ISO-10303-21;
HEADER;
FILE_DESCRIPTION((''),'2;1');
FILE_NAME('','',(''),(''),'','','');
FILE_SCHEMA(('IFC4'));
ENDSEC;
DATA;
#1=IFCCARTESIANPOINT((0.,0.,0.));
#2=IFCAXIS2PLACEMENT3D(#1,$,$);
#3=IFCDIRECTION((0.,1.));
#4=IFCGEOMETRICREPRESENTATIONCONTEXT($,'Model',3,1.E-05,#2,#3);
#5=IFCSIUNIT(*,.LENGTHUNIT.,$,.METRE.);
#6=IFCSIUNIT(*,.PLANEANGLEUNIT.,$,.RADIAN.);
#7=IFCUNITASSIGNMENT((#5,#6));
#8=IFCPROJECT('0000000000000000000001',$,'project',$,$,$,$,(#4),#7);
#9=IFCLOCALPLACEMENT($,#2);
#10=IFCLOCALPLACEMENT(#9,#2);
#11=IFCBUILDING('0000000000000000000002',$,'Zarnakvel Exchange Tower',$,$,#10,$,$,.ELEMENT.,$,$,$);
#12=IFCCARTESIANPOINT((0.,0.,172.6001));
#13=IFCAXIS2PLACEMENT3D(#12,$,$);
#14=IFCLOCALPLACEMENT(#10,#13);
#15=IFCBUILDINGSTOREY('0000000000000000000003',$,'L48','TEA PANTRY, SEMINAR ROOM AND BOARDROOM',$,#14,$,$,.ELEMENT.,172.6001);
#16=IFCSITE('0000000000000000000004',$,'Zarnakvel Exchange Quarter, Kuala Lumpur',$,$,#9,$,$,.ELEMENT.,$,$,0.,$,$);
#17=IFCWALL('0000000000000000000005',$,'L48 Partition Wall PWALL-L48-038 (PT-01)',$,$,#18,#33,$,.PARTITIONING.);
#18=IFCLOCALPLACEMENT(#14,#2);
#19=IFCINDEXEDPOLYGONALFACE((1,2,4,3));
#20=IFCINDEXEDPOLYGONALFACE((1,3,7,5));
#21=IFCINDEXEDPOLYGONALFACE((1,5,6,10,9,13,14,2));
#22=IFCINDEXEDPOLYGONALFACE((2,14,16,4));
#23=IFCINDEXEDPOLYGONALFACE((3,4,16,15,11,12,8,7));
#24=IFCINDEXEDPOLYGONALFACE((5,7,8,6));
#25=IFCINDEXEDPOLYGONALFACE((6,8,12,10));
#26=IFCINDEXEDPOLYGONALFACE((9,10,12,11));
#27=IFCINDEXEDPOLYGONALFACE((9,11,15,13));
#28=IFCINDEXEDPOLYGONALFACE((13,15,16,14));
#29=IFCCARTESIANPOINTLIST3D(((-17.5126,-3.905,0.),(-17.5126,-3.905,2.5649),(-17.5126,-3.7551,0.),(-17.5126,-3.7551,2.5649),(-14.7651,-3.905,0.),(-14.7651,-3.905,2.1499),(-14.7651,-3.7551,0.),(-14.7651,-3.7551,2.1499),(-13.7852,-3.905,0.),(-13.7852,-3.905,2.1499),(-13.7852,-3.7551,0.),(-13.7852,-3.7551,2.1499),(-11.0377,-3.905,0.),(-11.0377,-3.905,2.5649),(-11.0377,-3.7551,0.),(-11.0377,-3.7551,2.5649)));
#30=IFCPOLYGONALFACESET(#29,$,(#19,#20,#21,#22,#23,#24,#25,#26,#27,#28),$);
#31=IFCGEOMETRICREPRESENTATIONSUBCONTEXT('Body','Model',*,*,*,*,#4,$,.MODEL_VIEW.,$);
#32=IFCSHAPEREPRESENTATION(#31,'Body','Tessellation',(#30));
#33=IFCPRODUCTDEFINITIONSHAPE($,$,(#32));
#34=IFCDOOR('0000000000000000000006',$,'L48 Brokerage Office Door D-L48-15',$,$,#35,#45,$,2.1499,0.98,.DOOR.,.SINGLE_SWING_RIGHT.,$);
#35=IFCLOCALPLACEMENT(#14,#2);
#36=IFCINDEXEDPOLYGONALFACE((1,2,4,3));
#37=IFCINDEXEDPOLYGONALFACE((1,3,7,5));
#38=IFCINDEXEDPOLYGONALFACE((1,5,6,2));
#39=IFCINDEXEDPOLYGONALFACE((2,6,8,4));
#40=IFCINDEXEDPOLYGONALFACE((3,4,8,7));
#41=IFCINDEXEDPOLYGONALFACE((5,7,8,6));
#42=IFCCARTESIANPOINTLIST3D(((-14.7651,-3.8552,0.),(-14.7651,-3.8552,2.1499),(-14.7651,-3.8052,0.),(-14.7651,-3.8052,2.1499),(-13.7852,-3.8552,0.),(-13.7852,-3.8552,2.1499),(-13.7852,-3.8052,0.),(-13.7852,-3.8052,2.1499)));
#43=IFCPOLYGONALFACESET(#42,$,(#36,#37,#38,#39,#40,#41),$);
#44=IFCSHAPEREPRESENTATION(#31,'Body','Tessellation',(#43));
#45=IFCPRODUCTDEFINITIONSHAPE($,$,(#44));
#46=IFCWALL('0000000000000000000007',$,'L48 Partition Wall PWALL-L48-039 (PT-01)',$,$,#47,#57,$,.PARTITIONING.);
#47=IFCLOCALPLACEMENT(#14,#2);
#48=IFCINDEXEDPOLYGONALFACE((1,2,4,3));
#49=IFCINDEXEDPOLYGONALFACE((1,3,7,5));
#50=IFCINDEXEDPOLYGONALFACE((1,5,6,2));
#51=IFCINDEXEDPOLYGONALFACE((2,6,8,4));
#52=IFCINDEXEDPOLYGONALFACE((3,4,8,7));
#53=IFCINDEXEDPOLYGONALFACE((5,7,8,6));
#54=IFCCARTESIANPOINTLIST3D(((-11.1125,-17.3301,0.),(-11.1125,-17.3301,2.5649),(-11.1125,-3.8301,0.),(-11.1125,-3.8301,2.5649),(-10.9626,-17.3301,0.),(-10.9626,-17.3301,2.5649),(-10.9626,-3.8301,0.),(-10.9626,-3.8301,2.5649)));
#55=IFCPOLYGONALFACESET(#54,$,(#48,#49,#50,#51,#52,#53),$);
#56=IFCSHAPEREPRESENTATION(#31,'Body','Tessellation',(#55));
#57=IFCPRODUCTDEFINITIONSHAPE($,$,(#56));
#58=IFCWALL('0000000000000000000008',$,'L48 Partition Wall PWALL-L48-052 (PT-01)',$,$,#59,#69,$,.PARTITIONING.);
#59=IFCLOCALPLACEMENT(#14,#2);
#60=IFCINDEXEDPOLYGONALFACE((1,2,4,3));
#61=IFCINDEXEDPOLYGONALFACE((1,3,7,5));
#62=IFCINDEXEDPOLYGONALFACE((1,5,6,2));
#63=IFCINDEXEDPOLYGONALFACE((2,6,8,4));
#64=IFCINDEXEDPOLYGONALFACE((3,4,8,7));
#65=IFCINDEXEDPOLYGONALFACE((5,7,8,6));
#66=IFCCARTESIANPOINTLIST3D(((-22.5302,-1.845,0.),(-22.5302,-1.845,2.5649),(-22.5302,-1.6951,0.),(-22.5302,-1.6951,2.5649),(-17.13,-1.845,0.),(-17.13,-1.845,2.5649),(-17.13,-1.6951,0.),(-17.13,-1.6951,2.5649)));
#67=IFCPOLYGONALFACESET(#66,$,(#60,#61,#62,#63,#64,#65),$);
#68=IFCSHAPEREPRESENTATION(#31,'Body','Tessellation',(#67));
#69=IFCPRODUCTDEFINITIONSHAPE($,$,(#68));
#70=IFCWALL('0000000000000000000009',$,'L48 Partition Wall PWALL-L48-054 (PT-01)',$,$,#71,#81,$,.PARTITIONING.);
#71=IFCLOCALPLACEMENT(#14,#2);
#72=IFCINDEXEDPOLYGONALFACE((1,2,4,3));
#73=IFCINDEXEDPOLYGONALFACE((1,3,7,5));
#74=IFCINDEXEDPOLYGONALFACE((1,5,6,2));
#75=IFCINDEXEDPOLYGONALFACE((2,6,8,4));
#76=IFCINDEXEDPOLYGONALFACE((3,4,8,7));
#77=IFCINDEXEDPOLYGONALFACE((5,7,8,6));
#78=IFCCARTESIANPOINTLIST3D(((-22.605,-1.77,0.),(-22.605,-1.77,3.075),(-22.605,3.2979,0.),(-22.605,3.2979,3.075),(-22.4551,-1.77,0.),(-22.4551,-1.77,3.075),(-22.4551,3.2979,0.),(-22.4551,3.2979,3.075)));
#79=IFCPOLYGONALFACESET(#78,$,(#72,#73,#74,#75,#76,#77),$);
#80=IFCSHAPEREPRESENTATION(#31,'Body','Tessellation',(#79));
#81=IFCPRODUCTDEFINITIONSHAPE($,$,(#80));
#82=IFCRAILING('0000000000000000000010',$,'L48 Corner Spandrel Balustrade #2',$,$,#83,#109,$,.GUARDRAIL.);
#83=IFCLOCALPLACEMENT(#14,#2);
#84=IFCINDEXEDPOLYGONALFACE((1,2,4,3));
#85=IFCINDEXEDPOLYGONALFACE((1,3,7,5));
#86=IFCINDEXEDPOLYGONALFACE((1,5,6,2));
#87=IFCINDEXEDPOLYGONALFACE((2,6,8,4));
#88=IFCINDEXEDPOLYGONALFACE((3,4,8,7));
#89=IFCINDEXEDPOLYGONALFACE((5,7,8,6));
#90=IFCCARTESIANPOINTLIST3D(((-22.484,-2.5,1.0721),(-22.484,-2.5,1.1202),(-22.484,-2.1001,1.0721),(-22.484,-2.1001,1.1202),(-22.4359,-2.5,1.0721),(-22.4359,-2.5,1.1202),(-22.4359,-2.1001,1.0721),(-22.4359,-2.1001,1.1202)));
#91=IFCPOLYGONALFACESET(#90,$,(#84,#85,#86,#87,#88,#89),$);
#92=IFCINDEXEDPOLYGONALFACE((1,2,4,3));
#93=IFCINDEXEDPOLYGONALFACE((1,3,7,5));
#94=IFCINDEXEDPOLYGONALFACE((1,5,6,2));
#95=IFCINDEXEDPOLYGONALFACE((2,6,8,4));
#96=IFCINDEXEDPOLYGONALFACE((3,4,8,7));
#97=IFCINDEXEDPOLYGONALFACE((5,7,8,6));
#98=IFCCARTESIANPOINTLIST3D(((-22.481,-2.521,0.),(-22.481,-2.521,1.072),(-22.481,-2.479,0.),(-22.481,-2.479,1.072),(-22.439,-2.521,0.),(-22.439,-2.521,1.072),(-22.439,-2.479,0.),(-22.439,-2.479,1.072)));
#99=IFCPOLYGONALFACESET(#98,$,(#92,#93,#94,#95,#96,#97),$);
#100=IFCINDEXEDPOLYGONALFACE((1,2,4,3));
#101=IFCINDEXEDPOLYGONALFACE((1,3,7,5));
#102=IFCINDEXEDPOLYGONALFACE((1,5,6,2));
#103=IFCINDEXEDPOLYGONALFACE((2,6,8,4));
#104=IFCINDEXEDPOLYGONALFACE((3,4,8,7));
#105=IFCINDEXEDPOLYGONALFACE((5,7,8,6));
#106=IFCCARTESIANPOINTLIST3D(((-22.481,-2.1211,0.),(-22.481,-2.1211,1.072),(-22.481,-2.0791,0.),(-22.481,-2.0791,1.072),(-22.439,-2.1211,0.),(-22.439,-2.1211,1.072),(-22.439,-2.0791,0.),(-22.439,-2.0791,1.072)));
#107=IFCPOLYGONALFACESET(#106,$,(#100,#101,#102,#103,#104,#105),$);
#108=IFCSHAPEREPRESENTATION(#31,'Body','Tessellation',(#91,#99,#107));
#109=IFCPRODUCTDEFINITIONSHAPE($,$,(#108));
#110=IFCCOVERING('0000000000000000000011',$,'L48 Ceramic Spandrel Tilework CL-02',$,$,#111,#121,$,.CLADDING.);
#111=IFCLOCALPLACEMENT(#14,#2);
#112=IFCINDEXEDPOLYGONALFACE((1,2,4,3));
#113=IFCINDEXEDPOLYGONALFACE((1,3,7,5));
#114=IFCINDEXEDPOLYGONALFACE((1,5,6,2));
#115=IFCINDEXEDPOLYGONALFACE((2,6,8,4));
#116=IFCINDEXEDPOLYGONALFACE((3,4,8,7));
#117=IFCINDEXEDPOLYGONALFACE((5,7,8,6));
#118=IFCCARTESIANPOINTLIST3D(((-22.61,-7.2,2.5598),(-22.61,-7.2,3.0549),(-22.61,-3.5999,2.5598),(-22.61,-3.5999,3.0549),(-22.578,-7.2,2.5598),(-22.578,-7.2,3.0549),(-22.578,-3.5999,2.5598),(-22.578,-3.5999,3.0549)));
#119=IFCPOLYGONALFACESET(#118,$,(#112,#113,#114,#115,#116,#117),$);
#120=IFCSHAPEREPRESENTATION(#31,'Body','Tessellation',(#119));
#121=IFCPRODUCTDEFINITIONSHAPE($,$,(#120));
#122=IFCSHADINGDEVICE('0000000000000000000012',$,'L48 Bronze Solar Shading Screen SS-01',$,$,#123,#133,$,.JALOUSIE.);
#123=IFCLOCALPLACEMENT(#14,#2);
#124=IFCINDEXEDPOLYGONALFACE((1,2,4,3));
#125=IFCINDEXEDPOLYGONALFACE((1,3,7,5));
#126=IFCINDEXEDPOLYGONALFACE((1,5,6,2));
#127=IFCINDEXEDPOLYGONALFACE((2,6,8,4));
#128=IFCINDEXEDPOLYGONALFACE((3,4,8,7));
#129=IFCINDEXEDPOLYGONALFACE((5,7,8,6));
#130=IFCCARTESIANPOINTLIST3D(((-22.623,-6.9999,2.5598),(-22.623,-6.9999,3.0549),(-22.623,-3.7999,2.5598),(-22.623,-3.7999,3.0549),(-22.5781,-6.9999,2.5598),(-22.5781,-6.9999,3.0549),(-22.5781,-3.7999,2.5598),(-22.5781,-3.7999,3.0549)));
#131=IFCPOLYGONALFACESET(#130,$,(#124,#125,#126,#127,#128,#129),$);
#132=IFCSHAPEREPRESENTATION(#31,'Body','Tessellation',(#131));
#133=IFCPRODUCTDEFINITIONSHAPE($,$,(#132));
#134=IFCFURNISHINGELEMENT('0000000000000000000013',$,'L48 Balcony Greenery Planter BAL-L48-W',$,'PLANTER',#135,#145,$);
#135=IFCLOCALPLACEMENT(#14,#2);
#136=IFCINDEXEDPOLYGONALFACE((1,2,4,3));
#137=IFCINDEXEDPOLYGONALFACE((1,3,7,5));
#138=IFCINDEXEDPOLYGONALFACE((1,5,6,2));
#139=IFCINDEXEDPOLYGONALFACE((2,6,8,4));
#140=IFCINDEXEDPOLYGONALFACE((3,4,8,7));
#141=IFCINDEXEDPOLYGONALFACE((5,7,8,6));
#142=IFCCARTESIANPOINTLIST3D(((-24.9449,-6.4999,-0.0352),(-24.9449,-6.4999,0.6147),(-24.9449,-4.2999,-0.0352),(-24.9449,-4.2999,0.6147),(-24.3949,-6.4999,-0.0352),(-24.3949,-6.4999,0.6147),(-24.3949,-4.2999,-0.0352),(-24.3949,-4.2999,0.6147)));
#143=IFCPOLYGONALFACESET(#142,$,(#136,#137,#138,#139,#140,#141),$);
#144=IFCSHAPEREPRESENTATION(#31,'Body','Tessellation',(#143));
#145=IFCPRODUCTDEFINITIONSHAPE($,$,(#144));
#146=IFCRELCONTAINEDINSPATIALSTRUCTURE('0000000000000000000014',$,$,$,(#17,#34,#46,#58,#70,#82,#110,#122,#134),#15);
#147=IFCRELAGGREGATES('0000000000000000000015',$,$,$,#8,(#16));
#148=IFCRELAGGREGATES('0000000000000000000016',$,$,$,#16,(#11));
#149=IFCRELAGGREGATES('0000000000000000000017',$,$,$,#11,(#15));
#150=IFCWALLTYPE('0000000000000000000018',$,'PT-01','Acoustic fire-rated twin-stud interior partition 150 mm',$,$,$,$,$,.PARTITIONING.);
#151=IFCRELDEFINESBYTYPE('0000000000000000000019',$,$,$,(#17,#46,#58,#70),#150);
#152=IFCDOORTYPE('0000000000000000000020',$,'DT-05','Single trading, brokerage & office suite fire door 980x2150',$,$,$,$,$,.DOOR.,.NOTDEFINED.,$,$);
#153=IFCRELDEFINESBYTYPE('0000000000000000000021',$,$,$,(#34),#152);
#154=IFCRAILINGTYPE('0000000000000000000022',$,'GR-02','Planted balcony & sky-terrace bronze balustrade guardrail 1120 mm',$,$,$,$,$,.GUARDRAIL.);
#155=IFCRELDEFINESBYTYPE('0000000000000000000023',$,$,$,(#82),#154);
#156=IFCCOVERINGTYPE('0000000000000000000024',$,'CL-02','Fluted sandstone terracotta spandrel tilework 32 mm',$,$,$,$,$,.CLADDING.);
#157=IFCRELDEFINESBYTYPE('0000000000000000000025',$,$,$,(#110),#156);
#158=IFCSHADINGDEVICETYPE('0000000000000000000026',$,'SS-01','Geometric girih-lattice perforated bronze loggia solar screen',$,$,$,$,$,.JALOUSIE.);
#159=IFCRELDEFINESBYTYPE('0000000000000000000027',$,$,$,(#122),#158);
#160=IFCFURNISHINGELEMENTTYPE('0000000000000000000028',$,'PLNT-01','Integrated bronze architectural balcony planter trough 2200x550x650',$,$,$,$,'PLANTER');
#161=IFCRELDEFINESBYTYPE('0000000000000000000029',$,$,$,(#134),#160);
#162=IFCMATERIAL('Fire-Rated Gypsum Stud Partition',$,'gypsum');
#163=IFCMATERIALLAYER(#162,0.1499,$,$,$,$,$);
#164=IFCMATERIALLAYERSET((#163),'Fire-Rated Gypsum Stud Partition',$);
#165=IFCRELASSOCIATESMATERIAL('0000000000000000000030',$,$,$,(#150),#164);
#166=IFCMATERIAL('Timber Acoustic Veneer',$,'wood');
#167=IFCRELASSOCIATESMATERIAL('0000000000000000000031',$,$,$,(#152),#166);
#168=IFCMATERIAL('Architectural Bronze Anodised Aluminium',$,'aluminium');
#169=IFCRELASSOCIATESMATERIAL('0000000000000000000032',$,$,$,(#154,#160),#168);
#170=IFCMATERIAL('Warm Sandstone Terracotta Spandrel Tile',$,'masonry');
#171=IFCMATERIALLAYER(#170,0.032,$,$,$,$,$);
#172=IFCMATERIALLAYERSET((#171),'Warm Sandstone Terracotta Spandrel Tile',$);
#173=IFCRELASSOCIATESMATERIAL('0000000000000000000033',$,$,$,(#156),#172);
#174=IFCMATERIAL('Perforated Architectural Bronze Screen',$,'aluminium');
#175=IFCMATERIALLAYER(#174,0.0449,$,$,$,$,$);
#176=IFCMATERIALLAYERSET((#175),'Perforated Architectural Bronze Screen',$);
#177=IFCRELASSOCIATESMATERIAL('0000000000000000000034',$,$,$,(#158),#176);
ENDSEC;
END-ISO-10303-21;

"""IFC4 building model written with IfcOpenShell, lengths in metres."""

from ifc_helpers import new_model, si_unit, direction, frame, frame_2d, origin, origin_2d, place, context, subcontext, project, spatial, rectangle, extrude, source, transform, mapped, material, layer, layer_set, type_object, element, fill, save


model = new_model("IFC4")

# Units and contexts
model_context = context("Model", 3, precision=1e-05, world=origin(), true_north=direction((0.0, 1.0)))
body_context = subcontext(model_context, "Body", "Model", "MODEL_VIEW")
ifc_project = project(units=[si_unit("LENGTHUNIT", "METRE"), si_unit("PLANEANGLEUNIT", "RADIAN")], contexts=[model_context])

# Site, building, storey
site_placement = place(None, origin())
site = spatial("IfcSite", under=ifc_project, at=site_placement, Name="Zarnakvel Exchange Quarter, Kuala Lumpur", CompositionType="ELEMENT", RefElevation=0.0)
building_placement = place(site_placement, origin())
building = spatial("IfcBuilding", under=site, at=building_placement, Name="Zarnakvel Exchange Tower", CompositionType="ELEMENT")
storey_placement = place(building_placement, frame((0.0, 0.0, 172.6001)))
storey = spatial("IfcBuildingStorey", under=building, at=storey_placement, Name="L48", Description="TEA PANTRY, SEMINAR ROOM AND BOARDROOM", CompositionType="ELEMENT", Elevation=172.6001)

# Shared definitions
ifc_material_1 = material(Name="Architectural Bronze Anodised Aluminium", Category="aluminium")

# Shared definitions
ifc_material_2 = material(Name="Fire-Rated Gypsum Stud Partition", Category="gypsum")
ifc_layer_1 = layer(ifc_material_2, 0.1499)
ifc_layer_set_1 = layer_set([ifc_layer_1], Name="Fire-Rated Gypsum Stud Partition")
wall_type_1 = type_object("IfcWallType", Name="PT-01", Description="Acoustic fire-rated twin-stud interior partition 150 mm", PredefinedType="PARTITIONING", material=ifc_layer_set_1)
ifc_material_3 = material(Name="Timber Acoustic Veneer", Category="wood")
door_type = type_object("IfcDoorType", Name="DT-05", Description="Single trading, brokerage & office suite fire door 980x2150", OperationType="NOTDEFINED", PredefinedType="DOOR", material=ifc_material_3)
shared_shape_1 = source(origin(), body_context, "Body", "SweptSolid", [
    extrude(rectangle(XDim=0.98, YDim=2.1499, at=frame_2d((0.49, 1.075))), frame((0.0, 0.0249, 0.0), z_axis=(0.0, -1.0, 0.0), x_axis=(1.0, 0.0, 0.0)), (0.0, 0.0, 1.0), 0.05),
])

# Wall, opening, door
wall_1_placement = place(storey_placement, frame((-17.5125, -3.8301, 0.0), z_axis=(0.0, 0.0, 1.0), x_axis=(1.0, 0.0, 0.0)))
wall_1 = element("IfcWall", 1, at=wall_1_placement, inside=storey, type_object=wall_type_1, Name="L48 Partition Wall PWALL-L48-038 (PT-01)", PredefinedType="PARTITIONING", context=body_context, shape_type="SweptSolid", body=[
    extrude(rectangle(XDim=6.4749, YDim=0.1499, at=frame_2d((3.2373, 0.0))), origin(), (0.0, 0.0, 1.0), 2.5649),
])
opening_1_placement = place(wall_1_placement, frame((2.7473, 0.0, 0.0)))
opening_1 = element("IfcOpeningElement", 2, at=opening_1_placement, cuts=wall_1, PredefinedType="OPENING", context=body_context, shape_type="SweptSolid", body=[
    extrude(rectangle(XDim=0.98, YDim=2.1499, at=frame_2d((0.49, 1.075))), frame((0.0, 0.085, 0.0), z_axis=(0.0, -1.0, 0.0), x_axis=(1.0, 0.0, 0.0)), (0.0, 0.0, 1.0), 0.1699),
])
door_1_placement = place(opening_1_placement, origin())
door_1 = element("IfcDoor", 3, at=door_1_placement, inside=storey, type_object=door_type, Name="L48 Brokerage Office Door D-L48-15", OperationType="SINGLE_SWING_RIGHT", OverallHeight=2.1499, OverallWidth=0.98, PredefinedType="DOOR", context=body_context, shape_type="MappedRepresentation", body=[
    mapped(shared_shape_1, transform((0.0, 0.0, 0.0), x_axis=(1.0, 0.0, 0.0), y_axis=(0.0, 1.0, 0.0), z_axis=(0.0, 0.0, 1.0), scale=1.0)),
])
fill(opening_1, door_1)

# Wall
wall_2_placement = place(storey_placement, frame((-11.0376, -3.8301, 0.0), z_axis=(0.0, 0.0, 1.0), x_axis=(0.0, -1.0, 0.0)))
element("IfcWall", 4, at=wall_2_placement, inside=storey, type_object=wall_type_1, Name="L48 Partition Wall PWALL-L48-039 (PT-01)", PredefinedType="PARTITIONING", context=body_context, shape_type="SweptSolid", body=[
    extrude(rectangle(XDim=13.5, YDim=0.1499, at=frame_2d((6.75, 0.0))), origin(), (0.0, 0.0, 1.0), 2.5649),
])

# Walls
wall_3_placement = place(storey_placement, frame((-17.1299, -1.77, 0.0), z_axis=(0.0, 0.0, 1.0), x_axis=(-1.0, 0.0, 0.0)))
element("IfcWall", 5, at=wall_3_placement, inside=storey, type_object=wall_type_1, Name="L48 Partition Wall PWALL-L48-052 (PT-01)", PredefinedType="PARTITIONING", context=body_context, shape_type="SweptSolid", body=[
    extrude(rectangle(XDim=5.4001, YDim=0.1499, at=frame_2d((2.7002, 0.0))), origin(), (0.0, 0.0, 1.0), 2.5649),
])
wall_4_placement = place(storey_placement, frame((-22.53, -1.77, 0.0), z_axis=(0.0, 0.0, 1.0), x_axis=(0.0, 1.0, 0.0)))
element("IfcWall", 6, at=wall_4_placement, inside=storey, type_object=wall_type_1, Name="L48 Partition Wall PWALL-L48-054 (PT-01)", PredefinedType="PARTITIONING", context=body_context, shape_type="SweptSolid", body=[
    extrude(rectangle(XDim=5.0679, YDim=0.1499, at=frame_2d((2.5339, 0.0))), origin(), (0.0, 0.0, 1.0), 3.075),
])

# Railing
railing_type = type_object("IfcRailingType", Name="GR-02", Description="Planted balcony & sky-terrace bronze balustrade guardrail 1120 mm", PredefinedType="GUARDRAIL", material=ifc_material_1)
railing_placement = place(storey_placement, frame((-22.46, -2.5, 0.0)))
element("IfcRailing", 7, at=railing_placement, inside=storey, type_object=railing_type, Name="L48 Corner Spandrel Balustrade #2", PredefinedType="GUARDRAIL", context=body_context, shape_type="SweptSolid", body=[
    extrude(rectangle(XDim=0.0481, YDim=0.0481, at=origin_2d()), frame((0.0, 0.0, 1.0962), z_axis=(0.0, 1.0, 0.0), x_axis=(-1.0, 0.0, 0.0)), (0.0, 0.0, 1.0), 0.3999),
    extrude(rectangle(XDim=0.042, YDim=0.042, at=origin_2d()), origin(), (0.0, 0.0, 1.0), 1.072),
    extrude(rectangle(XDim=0.042, YDim=0.042, at=origin_2d()), frame((0.0, 0.3999, 0.0)), (0.0, 0.0, 1.0), 1.072),
])

# Covering
ifc_material_4 = material(Name="Warm Sandstone Terracotta Spandrel Tile", Category="masonry")
ifc_layer_2 = layer(ifc_material_4, 0.032)
ifc_layer_set_2 = layer_set([ifc_layer_2], Name="Warm Sandstone Terracotta Spandrel Tile")
covering_type = type_object("IfcCoveringType", Name="CL-02", Description="Fluted sandstone terracotta spandrel tilework 32 mm", PredefinedType="CLADDING", material=ifc_layer_set_2)
shared_shape_2 = source(origin(), body_context, "Body", "SweptSolid", [
    extrude(rectangle(XDim=3.6001, YDim=0.032, at=origin_2d()), origin(), (0.0, 0.0, 1.0), 0.4951),
])
covering_placement = place(storey_placement, frame((-22.594, -5.3999, 2.5598), z_axis=(0.0, 0.0, 1.0), x_axis=(0.0, 1.0, 0.0)))
element("IfcCovering", 8, at=covering_placement, inside=storey, type_object=covering_type, Name="L48 Ceramic Spandrel Tilework CL-02", PredefinedType="CLADDING", context=body_context, shape_type="MappedRepresentation", body=[
    mapped(shared_shape_2, transform((0.0, 0.0, 0.0), x_axis=(1.0, 0.0, 0.0), y_axis=(0.0, 1.0, 0.0), z_axis=(0.0, 0.0, 1.0), scale=1.0)),
])

# Shading device
ifc_material_5 = material(Name="Perforated Architectural Bronze Screen", Category="aluminium")
ifc_layer_3 = layer(ifc_material_5, 0.0449)
ifc_layer_set_3 = layer_set([ifc_layer_3], Name="Perforated Architectural Bronze Screen")
shading_device_type = type_object("IfcShadingDeviceType", Name="SS-01", Description="Geometric girih-lattice perforated bronze loggia solar screen", PredefinedType="JALOUSIE", material=ifc_layer_set_3)
shared_shape_3 = source(origin(), body_context, "Body", "SweptSolid", [
    extrude(rectangle(XDim=3.2, YDim=0.0449, at=origin_2d()), origin(), (0.0, 0.0, 1.0), 0.4951),
])
shading_device_placement = place(storey_placement, frame((-22.6006, -5.3999, 2.5598), z_axis=(0.0, 0.0, 1.0), x_axis=(0.0, 1.0, 0.0)))
element("IfcShadingDevice", 9, at=shading_device_placement, inside=storey, type_object=shading_device_type, Name="L48 Bronze Solar Shading Screen SS-01", PredefinedType="JALOUSIE", context=body_context, shape_type="MappedRepresentation", body=[
    mapped(shared_shape_3, transform((0.0, 0.0, 0.0), x_axis=(1.0, 0.0, 0.0), y_axis=(0.0, 1.0, 0.0), z_axis=(0.0, 0.0, 1.0), scale=1.0)),
])

# Furnishing element
furnishing_element_type = type_object("IfcFurnishingElementType", Name="PLNT-01", Description="Integrated bronze architectural balcony planter trough 2200x550x650", ElementType="PLANTER", material=ifc_material_1)
shared_shape_4 = source(origin(), body_context, "Body", "SweptSolid", [
    extrude(rectangle(XDim=2.2, YDim=0.55, at=origin_2d()), origin(), (0.0, 0.0, 1.0), 0.6499),
])
furnishing_placement = place(storey_placement, frame((-24.6699, -5.3999, -0.0352), z_axis=(0.0, 0.0, 1.0), x_axis=(0.0, 1.0, 0.0)))
element("IfcFurnishingElement", 10, at=furnishing_placement, inside=storey, type_object=furnishing_element_type, Name="L48 Balcony Greenery Planter BAL-L48-W", ObjectType="PLANTER", context=body_context, shape_type="MappedRepresentation", body=[
    mapped(shared_shape_4, transform((0.0, 0.0, 0.0), x_axis=(1.0, 0.0, 0.0), y_axis=(0.0, 1.0, 0.0), z_axis=(0.0, 0.0, 1.0), scale=1.0)),
])

save(model, "model.ifc")
